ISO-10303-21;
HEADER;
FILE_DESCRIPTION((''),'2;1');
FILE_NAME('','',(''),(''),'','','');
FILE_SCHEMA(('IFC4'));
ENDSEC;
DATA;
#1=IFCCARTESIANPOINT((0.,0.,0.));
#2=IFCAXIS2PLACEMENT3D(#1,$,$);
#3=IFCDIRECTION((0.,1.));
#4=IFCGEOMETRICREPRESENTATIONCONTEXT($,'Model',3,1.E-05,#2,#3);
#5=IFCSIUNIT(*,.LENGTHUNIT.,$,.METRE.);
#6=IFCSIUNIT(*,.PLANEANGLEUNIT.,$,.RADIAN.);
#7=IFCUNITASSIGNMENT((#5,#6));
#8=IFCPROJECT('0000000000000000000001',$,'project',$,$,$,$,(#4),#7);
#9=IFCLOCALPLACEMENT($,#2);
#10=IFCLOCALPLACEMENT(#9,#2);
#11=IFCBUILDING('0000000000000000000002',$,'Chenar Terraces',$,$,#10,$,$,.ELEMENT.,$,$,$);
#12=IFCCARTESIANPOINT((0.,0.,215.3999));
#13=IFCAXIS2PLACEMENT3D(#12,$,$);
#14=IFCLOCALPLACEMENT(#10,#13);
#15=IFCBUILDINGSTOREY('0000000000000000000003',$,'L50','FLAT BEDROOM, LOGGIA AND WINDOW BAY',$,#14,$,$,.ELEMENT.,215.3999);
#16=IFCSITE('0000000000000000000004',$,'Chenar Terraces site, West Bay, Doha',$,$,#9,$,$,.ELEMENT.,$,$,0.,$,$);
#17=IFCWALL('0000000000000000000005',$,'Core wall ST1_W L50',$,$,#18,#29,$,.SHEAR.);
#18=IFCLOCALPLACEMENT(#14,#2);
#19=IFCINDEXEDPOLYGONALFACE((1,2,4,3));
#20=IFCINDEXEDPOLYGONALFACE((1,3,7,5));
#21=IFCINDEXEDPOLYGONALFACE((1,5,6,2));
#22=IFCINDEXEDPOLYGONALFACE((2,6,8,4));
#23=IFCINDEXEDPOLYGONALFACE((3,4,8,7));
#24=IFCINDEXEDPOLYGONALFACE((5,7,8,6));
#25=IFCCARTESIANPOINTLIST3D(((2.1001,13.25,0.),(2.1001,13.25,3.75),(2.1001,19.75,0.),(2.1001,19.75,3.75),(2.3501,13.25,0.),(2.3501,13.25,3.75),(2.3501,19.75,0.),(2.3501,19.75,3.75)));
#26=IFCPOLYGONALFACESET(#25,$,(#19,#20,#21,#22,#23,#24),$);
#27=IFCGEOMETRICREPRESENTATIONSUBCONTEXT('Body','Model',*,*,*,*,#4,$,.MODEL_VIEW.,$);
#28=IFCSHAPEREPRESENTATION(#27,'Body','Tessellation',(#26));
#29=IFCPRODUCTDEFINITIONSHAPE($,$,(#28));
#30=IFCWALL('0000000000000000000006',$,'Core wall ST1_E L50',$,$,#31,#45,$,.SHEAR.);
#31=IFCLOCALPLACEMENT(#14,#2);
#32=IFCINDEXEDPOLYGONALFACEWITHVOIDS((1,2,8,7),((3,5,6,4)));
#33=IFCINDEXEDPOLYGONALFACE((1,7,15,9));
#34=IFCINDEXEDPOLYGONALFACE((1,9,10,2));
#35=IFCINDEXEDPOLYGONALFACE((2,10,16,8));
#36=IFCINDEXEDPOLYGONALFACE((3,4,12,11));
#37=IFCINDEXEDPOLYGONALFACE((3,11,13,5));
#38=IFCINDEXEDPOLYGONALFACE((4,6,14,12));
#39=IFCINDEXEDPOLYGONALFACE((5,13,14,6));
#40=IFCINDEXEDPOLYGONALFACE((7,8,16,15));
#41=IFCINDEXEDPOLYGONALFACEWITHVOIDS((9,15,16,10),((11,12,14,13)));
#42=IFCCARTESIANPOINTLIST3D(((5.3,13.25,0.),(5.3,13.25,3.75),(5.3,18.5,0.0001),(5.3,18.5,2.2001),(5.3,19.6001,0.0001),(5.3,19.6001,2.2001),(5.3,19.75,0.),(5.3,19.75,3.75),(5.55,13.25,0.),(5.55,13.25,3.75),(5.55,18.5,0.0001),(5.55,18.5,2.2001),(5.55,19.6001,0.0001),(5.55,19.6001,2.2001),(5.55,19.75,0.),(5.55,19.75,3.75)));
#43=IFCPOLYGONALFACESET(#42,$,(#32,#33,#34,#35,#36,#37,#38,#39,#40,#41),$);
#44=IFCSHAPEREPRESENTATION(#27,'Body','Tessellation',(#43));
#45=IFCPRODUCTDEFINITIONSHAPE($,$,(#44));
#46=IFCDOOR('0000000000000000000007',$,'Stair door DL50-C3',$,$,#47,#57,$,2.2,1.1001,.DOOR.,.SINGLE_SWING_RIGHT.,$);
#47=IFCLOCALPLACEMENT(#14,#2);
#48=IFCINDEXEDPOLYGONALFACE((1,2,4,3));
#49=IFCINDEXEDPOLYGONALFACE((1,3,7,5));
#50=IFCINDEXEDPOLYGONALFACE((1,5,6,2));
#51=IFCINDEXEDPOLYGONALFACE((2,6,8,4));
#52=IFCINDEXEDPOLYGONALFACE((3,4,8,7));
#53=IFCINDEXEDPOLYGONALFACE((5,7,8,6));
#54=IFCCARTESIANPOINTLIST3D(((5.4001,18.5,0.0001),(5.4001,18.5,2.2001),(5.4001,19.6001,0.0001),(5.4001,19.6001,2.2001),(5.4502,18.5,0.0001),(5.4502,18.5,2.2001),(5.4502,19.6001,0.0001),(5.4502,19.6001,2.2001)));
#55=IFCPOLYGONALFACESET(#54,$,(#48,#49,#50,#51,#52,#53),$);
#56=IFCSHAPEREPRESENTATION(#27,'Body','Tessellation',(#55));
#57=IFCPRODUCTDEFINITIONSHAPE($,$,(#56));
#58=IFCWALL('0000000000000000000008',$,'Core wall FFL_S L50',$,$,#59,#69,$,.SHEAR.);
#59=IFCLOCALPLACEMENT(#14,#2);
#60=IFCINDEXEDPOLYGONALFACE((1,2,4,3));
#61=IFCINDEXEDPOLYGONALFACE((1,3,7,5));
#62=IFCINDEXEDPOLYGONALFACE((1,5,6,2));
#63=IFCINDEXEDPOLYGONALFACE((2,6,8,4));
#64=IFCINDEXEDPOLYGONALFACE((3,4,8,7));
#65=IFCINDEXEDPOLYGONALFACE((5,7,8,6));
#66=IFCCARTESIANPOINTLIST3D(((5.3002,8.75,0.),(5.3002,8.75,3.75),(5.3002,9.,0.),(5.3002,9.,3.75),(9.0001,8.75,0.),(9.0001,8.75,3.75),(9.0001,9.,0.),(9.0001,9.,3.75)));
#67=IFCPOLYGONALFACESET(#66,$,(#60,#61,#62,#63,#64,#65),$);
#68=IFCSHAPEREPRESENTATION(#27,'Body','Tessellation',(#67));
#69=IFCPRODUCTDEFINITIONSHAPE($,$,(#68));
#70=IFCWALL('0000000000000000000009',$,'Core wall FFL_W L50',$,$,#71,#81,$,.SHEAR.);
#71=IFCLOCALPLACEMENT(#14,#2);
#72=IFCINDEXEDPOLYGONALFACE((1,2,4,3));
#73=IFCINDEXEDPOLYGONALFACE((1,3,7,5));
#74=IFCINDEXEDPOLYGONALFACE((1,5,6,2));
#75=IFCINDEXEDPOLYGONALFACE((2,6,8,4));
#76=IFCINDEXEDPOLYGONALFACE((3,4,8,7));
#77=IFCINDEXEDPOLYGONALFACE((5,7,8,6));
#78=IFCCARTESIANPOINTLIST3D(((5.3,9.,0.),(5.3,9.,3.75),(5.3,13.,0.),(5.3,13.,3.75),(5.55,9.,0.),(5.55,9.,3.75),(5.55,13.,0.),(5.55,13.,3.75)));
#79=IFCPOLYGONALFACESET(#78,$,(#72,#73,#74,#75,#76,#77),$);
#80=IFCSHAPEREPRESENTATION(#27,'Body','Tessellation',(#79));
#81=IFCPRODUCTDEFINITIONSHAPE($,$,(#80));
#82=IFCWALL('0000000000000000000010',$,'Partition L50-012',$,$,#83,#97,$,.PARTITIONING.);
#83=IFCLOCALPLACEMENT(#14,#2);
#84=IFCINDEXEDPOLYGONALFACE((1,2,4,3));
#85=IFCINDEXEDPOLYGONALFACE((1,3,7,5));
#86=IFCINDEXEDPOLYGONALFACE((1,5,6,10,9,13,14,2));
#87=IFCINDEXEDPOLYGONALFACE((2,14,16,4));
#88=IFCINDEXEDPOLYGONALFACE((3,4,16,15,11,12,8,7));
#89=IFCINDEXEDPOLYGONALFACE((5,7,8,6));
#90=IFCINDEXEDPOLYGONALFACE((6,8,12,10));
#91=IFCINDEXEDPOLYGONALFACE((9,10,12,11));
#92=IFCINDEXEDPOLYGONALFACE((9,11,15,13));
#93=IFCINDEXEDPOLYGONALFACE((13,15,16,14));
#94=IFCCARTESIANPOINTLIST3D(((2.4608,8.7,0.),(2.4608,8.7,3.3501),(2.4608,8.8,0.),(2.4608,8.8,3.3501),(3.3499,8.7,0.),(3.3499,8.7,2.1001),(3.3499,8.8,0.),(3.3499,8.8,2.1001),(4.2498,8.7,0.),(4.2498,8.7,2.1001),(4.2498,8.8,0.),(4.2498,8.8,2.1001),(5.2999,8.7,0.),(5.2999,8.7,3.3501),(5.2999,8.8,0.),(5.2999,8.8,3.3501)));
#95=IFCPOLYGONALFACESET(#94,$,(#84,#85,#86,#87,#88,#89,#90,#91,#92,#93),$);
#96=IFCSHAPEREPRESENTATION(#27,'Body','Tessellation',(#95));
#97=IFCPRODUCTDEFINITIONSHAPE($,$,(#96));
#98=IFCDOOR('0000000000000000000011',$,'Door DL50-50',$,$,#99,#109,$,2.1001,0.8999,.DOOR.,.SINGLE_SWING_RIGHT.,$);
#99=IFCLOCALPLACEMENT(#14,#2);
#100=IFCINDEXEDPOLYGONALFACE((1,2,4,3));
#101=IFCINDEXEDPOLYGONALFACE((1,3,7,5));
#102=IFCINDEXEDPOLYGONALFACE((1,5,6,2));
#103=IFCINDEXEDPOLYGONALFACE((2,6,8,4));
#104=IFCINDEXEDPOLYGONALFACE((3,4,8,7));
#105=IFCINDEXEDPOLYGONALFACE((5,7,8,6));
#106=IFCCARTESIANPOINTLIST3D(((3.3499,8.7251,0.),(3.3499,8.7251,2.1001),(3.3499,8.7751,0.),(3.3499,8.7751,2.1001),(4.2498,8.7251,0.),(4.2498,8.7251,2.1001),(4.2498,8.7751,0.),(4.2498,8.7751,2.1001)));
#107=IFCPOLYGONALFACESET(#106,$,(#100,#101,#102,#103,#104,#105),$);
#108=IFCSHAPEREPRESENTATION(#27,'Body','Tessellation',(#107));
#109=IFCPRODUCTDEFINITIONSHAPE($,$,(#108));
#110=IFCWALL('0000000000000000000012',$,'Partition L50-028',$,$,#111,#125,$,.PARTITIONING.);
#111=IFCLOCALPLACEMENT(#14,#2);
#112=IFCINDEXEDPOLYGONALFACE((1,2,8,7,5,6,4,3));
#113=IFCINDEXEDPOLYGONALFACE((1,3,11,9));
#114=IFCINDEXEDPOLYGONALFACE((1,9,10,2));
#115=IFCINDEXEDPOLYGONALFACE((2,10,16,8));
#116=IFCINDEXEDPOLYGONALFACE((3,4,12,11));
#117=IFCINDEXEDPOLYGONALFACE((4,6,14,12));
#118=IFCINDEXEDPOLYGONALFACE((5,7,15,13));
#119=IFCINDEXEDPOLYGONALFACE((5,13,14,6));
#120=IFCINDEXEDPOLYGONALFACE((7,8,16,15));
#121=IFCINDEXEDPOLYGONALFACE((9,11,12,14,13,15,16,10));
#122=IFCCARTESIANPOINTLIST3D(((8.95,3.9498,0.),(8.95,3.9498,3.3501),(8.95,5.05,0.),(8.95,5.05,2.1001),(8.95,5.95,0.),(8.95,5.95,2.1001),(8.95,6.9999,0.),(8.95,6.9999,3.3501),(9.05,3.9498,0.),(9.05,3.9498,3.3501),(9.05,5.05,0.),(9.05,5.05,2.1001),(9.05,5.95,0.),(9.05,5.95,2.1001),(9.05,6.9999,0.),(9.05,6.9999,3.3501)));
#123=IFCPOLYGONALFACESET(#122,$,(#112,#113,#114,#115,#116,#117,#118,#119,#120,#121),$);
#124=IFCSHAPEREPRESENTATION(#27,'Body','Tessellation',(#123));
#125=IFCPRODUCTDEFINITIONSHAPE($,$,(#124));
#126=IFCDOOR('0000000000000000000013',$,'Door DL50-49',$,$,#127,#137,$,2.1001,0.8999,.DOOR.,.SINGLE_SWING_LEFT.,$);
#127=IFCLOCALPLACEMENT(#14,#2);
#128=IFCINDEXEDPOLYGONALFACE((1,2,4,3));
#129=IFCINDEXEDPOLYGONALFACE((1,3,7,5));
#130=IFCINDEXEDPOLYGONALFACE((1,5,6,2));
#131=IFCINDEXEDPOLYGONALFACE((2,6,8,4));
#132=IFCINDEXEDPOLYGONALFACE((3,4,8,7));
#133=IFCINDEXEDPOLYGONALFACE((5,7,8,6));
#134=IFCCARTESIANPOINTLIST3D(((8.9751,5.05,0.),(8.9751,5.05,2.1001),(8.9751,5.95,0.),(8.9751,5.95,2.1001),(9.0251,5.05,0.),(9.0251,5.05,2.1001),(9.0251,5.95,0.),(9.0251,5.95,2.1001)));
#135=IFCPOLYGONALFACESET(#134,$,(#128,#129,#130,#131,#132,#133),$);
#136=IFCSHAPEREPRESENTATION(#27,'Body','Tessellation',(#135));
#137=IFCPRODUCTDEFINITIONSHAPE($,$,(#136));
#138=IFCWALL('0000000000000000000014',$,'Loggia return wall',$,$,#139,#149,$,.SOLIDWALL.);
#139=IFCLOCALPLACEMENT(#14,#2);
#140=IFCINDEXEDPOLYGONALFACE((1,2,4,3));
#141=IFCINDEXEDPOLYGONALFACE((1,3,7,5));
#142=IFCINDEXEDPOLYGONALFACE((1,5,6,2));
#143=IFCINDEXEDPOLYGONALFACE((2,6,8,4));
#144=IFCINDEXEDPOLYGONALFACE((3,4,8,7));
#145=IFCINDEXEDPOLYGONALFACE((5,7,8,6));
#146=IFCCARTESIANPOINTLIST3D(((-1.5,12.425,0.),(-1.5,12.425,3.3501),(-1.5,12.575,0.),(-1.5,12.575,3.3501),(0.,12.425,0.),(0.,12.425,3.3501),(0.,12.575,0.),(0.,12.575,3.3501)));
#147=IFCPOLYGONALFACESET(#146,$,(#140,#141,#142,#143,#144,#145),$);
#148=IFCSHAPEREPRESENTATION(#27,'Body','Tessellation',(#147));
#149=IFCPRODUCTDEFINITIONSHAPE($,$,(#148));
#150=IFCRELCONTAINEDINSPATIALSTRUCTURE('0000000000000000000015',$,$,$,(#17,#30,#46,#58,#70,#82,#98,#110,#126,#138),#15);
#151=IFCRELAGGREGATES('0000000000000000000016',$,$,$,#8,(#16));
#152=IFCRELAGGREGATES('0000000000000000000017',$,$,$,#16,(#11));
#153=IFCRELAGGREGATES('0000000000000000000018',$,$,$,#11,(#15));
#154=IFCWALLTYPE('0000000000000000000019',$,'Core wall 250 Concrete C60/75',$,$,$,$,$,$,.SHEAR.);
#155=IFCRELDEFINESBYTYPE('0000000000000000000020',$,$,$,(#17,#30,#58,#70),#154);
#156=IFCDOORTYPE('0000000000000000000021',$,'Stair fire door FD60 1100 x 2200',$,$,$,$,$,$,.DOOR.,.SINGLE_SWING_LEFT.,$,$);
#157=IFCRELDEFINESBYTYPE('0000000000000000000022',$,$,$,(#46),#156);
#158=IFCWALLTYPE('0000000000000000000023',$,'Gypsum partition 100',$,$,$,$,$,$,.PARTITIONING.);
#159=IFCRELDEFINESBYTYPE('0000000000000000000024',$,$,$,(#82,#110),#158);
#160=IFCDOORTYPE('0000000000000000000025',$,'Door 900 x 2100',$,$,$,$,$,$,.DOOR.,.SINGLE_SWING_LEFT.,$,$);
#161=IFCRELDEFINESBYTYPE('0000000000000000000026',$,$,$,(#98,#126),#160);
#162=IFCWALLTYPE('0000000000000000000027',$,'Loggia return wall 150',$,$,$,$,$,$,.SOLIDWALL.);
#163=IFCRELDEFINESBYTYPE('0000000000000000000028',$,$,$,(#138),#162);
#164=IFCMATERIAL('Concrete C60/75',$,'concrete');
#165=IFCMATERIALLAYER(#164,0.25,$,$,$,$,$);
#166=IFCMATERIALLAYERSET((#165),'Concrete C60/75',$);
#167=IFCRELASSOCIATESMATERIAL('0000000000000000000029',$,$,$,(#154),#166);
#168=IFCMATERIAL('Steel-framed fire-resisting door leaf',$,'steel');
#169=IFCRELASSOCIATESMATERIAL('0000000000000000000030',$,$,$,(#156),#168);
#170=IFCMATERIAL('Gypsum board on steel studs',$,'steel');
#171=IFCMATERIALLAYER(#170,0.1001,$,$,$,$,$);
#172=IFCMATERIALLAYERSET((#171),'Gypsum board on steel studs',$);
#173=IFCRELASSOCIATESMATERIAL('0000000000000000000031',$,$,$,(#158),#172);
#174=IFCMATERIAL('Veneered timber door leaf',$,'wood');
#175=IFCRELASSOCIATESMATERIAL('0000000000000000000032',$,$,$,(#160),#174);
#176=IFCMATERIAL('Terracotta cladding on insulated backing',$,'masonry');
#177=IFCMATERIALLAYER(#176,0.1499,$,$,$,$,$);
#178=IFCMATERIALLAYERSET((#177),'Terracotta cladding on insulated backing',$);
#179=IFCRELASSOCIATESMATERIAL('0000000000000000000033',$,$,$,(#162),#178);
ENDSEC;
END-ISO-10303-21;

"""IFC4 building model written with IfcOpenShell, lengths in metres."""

from ifc_helpers import new_model, si_unit, direction, frame, frame_2d, origin, place, context, subcontext, project, spatial, rectangle, extrude, material, layer, layer_set, type_object, element, fill, save


model = new_model("IFC4")

# Units and contexts
model_context = context("Model", 3, precision=1e-05, world=origin(), true_north=direction((0.0, 1.0)))
body_context = subcontext(model_context, "Body", "Model", "MODEL_VIEW")
ifc_project = project(units=[si_unit("LENGTHUNIT", "METRE"), si_unit("PLANEANGLEUNIT", "RADIAN")], contexts=[model_context])

# Site, building, storey
site_placement = place(None, origin())
site = spatial("IfcSite", under=ifc_project, at=site_placement, Name="Chenar Terraces site, West Bay, Doha", CompositionType="ELEMENT", RefElevation=0.0)
building_placement = place(site_placement, origin())
building = spatial("IfcBuilding", under=site, at=building_placement, Name="Chenar Terraces", CompositionType="ELEMENT")
storey_placement = place(building_placement, frame((0.0, 0.0, 215.3999)))
storey = spatial("IfcBuildingStorey", under=building, at=storey_placement, Name="L50", Description="FLAT BEDROOM, LOGGIA AND WINDOW BAY", CompositionType="ELEMENT", Elevation=215.3999)

# Wall
ifc_material_1 = material(Name="Concrete C60/75", Category="concrete")
ifc_layer_1 = layer(ifc_material_1, 0.25)
ifc_layer_set_1 = layer_set([ifc_layer_1], Name="Concrete C60/75")
wall_type_1 = type_object("IfcWallType", Name="Core wall 250 Concrete C60/75", PredefinedType="SHEAR", material=ifc_layer_set_1)
wall_1_placement = place(storey_placement, frame((2.2251, 13.25, 0.0), z_axis=(0.0, 0.0, 1.0), x_axis=(0.0, 1.0, 0.0)))
element("IfcWall", 1, at=wall_1_placement, inside=storey, type_object=wall_type_1, Name="Core wall ST1_W L50", PredefinedType="SHEAR", context=body_context, shape_type="SweptSolid", body=[
    extrude(rectangle(XDim=6.5, YDim=0.25, at=frame_2d((3.25, 0.0))), origin(), (0.0, 0.0, 1.0), 3.75),
])

# Wall, opening, door
wall_2_placement = place(storey_placement, frame((5.425, 13.25, 0.0), z_axis=(0.0, 0.0, 1.0), x_axis=(0.0, 1.0, 0.0)))
wall_2 = element("IfcWall", 2, at=wall_2_placement, inside=storey, type_object=wall_type_1, Name="Core wall ST1_E L50", PredefinedType="SHEAR", context=body_context, shape_type="SweptSolid", body=[
    extrude(rectangle(XDim=6.5, YDim=0.25, at=frame_2d((3.25, 0.0))), origin(), (0.0, 0.0, 1.0), 3.75),
])
opening_1_placement = place(wall_2_placement, frame((5.25, 0.0, 0.0)))
opening_1 = element("IfcOpeningElement", 3, at=opening_1_placement, cuts=wall_2, PredefinedType="OPENING", context=body_context, shape_type="SweptSolid", body=[
    extrude(rectangle(XDim=1.1001, YDim=2.2, at=frame_2d((0.55, 1.1001))), frame((0.0, 0.135, 0.0), z_axis=(0.0, -1.0, 0.0), x_axis=(1.0, 0.0, 0.0)), (0.0, 0.0, 1.0), 0.27),
])
ifc_material_2 = material(Name="Steel-framed fire-resisting door leaf", Category="steel")
door_type_1 = type_object("IfcDoorType", Name="Stair fire door FD60 1100 x 2200", OperationType="SINGLE_SWING_LEFT", PredefinedType="DOOR", material=ifc_material_2)
door_1_placement = place(opening_1_placement, origin())
door_1 = element("IfcDoor", 4, at=door_1_placement, inside=storey, type_object=door_type_1, Name="Stair door DL50-C3", OperationType="SINGLE_SWING_RIGHT", OverallHeight=2.2, OverallWidth=1.1001, PredefinedType="DOOR", context=body_context, shape_type="SweptSolid", body=[
    extrude(rectangle(XDim=1.1001, YDim=2.2, at=frame_2d((0.55, 1.1001))), frame((0.0, 0.0249, 0.0), z_axis=(0.0, -1.0, 0.0), x_axis=(1.0, 0.0, 0.0)), (0.0, 0.0, 1.0), 0.05),
])
fill(opening_1, door_1)

# Walls
wall_3_placement = place(storey_placement, frame((5.3, 8.875, 0.0), z_axis=(0.0, 0.0, 1.0), x_axis=(1.0, 0.0, 0.0)))
element("IfcWall", 5, at=wall_3_placement, inside=storey, type_object=wall_type_1, Name="Core wall FFL_S L50", PredefinedType="SHEAR", context=body_context, shape_type="SweptSolid", body=[
    extrude(rectangle(XDim=3.7, YDim=0.25, at=frame_2d((1.8501, 0.0))), origin(), (0.0, 0.0, 1.0), 3.75),
])
wall_4_placement = place(storey_placement, frame((5.425, 9.0, 0.0), z_axis=(0.0, 0.0, 1.0), x_axis=(0.0, 1.0, 0.0)))
element("IfcWall", 6, at=wall_4_placement, inside=storey, type_object=wall_type_1, Name="Core wall FFL_W L50", PredefinedType="SHEAR", context=body_context, shape_type="SweptSolid", body=[
    extrude(rectangle(XDim=4.0, YDim=0.25, at=frame_2d((2.0, 0.0))), origin(), (0.0, 0.0, 1.0), 3.75),
])

# Walls, openings, doors
ifc_material_3 = material(Name="Gypsum board on steel studs", Category="steel")
ifc_layer_2 = layer(ifc_material_3, 0.1001)
ifc_layer_set_2 = layer_set([ifc_layer_2], Name="Gypsum board on steel studs")
wall_type_2 = type_object("IfcWallType", Name="Gypsum partition 100", PredefinedType="PARTITIONING", material=ifc_layer_set_2)
wall_5_placement = place(storey_placement, frame((2.4609, 8.75, 0.0), z_axis=(0.0, 0.0, 1.0), x_axis=(1.0, 0.0, 0.0)))
wall_5 = element("IfcWall", 7, at=wall_5_placement, inside=storey, type_object=wall_type_2, Name="Partition L50-012", PredefinedType="PARTITIONING", context=body_context, shape_type="SweptSolid", body=[
    extrude(rectangle(XDim=2.8391, YDim=0.1001, at=frame_2d((1.4194, 0.0))), origin(), (0.0, 0.0, 1.0), 3.3501),
])
opening_2_placement = place(wall_5_placement, frame((0.8889, 0.0, 0.0)))
opening_2 = element("IfcOpeningElement", 8, at=opening_2_placement, cuts=wall_5, PredefinedType="OPENING", context=body_context, shape_type="SweptSolid", body=[
    extrude(rectangle(XDim=0.8999, YDim=2.1001, at=frame_2d((0.45, 1.05))), frame((0.0, 0.0601, 0.0), z_axis=(0.0, -1.0, 0.0), x_axis=(1.0, 0.0, 0.0)), (0.0, 0.0, 1.0), 0.1201),
])
ifc_material_4 = material(Name="Veneered timber door leaf", Category="wood")
door_type_2 = type_object("IfcDoorType", Name="Door 900 x 2100", OperationType="SINGLE_SWING_LEFT", PredefinedType="DOOR", material=ifc_material_4)
door_2_placement = place(opening_2_placement, frame((0.8999, 0.0, 0.0), z_axis=(0.0, 0.0, 1.0), x_axis=(-1.0, 0.0, 0.0)))
door_2 = element("IfcDoor", 9, at=door_2_placement, inside=storey, type_object=door_type_2, Name="Door DL50-50", OperationType="SINGLE_SWING_RIGHT", OverallHeight=2.1001, OverallWidth=0.8999, PredefinedType="DOOR", context=body_context, shape_type="SweptSolid", body=[
    extrude(rectangle(XDim=0.8999, YDim=2.1001, at=frame_2d((0.45, 1.05))), frame((0.0, 0.0249, 0.0), z_axis=(0.0, -1.0, 0.0), x_axis=(1.0, 0.0, 0.0)), (0.0, 0.0, 1.0), 0.05),
])
fill(opening_2, door_2)
wall_6_placement = place(storey_placement, frame((9.0, 3.95, 0.0), z_axis=(0.0, 0.0, 1.0), x_axis=(0.0, 1.0, 0.0)))
wall_6 = element("IfcWall", 10, at=wall_6_placement, inside=storey, type_object=wall_type_2, Name="Partition L50-028", PredefinedType="PARTITIONING", context=body_context, shape_type="SweptSolid", body=[
    extrude(rectangle(XDim=3.05, YDim=0.1001, at=frame_2d((1.5249, 0.0))), origin(), (0.0, 0.0, 1.0), 3.3501),
])
opening_3_placement = place(wall_6_placement, frame((1.1001, 0.0, 0.0)))
opening_3 = element("IfcOpeningElement", 11, at=opening_3_placement, cuts=wall_6, PredefinedType="OPENING", context=body_context, shape_type="SweptSolid", body=[
    extrude(rectangle(XDim=0.8999, YDim=2.1001, at=frame_2d((0.45, 1.05))), frame((0.0, 0.0601, 0.0), z_axis=(0.0, -1.0, 0.0), x_axis=(1.0, 0.0, 0.0)), (0.0, 0.0, 1.0), 0.1201),
])
door_3_placement = place(opening_3_placement, origin())
door_3 = element("IfcDoor", 12, at=door_3_placement, inside=storey, type_object=door_type_2, Name="Door DL50-49", OperationType="SINGLE_SWING_LEFT", OverallHeight=2.1001, OverallWidth=0.8999, PredefinedType="DOOR", context=body_context, shape_type="SweptSolid", body=[
    extrude(rectangle(XDim=0.8999, YDim=2.1001, at=frame_2d((0.45, 1.05))), frame((0.0, 0.0249, 0.0), z_axis=(0.0, -1.0, 0.0), x_axis=(1.0, 0.0, 0.0)), (0.0, 0.0, 1.0), 0.05),
])
fill(opening_3, door_3)

# Wall
ifc_material_5 = material(Name="Terracotta cladding on insulated backing", Category="masonry")
ifc_layer_3 = layer(ifc_material_5, 0.1499)
ifc_layer_set_3 = layer_set([ifc_layer_3], Name="Terracotta cladding on insulated backing")
wall_type_3 = type_object("IfcWallType", Name="Loggia return wall 150", PredefinedType="SOLIDWALL", material=ifc_layer_set_3)
wall_7_placement = place(storey_placement, frame((-1.5, 12.5, 0.0), z_axis=(0.0, 0.0, 1.0), x_axis=(1.0, 0.0, 0.0)))
element("IfcWall", 13, at=wall_7_placement, inside=storey, type_object=wall_type_3, Name="Loggia return wall", PredefinedType="SOLIDWALL", context=body_context, shape_type="SweptSolid", body=[
    extrude(rectangle(XDim=1.5, YDim=0.1499, at=frame_2d((0.75, 0.0))), origin(), (0.0, 0.0, 1.0), 3.3501),
])

save(model, "model.ifc")
